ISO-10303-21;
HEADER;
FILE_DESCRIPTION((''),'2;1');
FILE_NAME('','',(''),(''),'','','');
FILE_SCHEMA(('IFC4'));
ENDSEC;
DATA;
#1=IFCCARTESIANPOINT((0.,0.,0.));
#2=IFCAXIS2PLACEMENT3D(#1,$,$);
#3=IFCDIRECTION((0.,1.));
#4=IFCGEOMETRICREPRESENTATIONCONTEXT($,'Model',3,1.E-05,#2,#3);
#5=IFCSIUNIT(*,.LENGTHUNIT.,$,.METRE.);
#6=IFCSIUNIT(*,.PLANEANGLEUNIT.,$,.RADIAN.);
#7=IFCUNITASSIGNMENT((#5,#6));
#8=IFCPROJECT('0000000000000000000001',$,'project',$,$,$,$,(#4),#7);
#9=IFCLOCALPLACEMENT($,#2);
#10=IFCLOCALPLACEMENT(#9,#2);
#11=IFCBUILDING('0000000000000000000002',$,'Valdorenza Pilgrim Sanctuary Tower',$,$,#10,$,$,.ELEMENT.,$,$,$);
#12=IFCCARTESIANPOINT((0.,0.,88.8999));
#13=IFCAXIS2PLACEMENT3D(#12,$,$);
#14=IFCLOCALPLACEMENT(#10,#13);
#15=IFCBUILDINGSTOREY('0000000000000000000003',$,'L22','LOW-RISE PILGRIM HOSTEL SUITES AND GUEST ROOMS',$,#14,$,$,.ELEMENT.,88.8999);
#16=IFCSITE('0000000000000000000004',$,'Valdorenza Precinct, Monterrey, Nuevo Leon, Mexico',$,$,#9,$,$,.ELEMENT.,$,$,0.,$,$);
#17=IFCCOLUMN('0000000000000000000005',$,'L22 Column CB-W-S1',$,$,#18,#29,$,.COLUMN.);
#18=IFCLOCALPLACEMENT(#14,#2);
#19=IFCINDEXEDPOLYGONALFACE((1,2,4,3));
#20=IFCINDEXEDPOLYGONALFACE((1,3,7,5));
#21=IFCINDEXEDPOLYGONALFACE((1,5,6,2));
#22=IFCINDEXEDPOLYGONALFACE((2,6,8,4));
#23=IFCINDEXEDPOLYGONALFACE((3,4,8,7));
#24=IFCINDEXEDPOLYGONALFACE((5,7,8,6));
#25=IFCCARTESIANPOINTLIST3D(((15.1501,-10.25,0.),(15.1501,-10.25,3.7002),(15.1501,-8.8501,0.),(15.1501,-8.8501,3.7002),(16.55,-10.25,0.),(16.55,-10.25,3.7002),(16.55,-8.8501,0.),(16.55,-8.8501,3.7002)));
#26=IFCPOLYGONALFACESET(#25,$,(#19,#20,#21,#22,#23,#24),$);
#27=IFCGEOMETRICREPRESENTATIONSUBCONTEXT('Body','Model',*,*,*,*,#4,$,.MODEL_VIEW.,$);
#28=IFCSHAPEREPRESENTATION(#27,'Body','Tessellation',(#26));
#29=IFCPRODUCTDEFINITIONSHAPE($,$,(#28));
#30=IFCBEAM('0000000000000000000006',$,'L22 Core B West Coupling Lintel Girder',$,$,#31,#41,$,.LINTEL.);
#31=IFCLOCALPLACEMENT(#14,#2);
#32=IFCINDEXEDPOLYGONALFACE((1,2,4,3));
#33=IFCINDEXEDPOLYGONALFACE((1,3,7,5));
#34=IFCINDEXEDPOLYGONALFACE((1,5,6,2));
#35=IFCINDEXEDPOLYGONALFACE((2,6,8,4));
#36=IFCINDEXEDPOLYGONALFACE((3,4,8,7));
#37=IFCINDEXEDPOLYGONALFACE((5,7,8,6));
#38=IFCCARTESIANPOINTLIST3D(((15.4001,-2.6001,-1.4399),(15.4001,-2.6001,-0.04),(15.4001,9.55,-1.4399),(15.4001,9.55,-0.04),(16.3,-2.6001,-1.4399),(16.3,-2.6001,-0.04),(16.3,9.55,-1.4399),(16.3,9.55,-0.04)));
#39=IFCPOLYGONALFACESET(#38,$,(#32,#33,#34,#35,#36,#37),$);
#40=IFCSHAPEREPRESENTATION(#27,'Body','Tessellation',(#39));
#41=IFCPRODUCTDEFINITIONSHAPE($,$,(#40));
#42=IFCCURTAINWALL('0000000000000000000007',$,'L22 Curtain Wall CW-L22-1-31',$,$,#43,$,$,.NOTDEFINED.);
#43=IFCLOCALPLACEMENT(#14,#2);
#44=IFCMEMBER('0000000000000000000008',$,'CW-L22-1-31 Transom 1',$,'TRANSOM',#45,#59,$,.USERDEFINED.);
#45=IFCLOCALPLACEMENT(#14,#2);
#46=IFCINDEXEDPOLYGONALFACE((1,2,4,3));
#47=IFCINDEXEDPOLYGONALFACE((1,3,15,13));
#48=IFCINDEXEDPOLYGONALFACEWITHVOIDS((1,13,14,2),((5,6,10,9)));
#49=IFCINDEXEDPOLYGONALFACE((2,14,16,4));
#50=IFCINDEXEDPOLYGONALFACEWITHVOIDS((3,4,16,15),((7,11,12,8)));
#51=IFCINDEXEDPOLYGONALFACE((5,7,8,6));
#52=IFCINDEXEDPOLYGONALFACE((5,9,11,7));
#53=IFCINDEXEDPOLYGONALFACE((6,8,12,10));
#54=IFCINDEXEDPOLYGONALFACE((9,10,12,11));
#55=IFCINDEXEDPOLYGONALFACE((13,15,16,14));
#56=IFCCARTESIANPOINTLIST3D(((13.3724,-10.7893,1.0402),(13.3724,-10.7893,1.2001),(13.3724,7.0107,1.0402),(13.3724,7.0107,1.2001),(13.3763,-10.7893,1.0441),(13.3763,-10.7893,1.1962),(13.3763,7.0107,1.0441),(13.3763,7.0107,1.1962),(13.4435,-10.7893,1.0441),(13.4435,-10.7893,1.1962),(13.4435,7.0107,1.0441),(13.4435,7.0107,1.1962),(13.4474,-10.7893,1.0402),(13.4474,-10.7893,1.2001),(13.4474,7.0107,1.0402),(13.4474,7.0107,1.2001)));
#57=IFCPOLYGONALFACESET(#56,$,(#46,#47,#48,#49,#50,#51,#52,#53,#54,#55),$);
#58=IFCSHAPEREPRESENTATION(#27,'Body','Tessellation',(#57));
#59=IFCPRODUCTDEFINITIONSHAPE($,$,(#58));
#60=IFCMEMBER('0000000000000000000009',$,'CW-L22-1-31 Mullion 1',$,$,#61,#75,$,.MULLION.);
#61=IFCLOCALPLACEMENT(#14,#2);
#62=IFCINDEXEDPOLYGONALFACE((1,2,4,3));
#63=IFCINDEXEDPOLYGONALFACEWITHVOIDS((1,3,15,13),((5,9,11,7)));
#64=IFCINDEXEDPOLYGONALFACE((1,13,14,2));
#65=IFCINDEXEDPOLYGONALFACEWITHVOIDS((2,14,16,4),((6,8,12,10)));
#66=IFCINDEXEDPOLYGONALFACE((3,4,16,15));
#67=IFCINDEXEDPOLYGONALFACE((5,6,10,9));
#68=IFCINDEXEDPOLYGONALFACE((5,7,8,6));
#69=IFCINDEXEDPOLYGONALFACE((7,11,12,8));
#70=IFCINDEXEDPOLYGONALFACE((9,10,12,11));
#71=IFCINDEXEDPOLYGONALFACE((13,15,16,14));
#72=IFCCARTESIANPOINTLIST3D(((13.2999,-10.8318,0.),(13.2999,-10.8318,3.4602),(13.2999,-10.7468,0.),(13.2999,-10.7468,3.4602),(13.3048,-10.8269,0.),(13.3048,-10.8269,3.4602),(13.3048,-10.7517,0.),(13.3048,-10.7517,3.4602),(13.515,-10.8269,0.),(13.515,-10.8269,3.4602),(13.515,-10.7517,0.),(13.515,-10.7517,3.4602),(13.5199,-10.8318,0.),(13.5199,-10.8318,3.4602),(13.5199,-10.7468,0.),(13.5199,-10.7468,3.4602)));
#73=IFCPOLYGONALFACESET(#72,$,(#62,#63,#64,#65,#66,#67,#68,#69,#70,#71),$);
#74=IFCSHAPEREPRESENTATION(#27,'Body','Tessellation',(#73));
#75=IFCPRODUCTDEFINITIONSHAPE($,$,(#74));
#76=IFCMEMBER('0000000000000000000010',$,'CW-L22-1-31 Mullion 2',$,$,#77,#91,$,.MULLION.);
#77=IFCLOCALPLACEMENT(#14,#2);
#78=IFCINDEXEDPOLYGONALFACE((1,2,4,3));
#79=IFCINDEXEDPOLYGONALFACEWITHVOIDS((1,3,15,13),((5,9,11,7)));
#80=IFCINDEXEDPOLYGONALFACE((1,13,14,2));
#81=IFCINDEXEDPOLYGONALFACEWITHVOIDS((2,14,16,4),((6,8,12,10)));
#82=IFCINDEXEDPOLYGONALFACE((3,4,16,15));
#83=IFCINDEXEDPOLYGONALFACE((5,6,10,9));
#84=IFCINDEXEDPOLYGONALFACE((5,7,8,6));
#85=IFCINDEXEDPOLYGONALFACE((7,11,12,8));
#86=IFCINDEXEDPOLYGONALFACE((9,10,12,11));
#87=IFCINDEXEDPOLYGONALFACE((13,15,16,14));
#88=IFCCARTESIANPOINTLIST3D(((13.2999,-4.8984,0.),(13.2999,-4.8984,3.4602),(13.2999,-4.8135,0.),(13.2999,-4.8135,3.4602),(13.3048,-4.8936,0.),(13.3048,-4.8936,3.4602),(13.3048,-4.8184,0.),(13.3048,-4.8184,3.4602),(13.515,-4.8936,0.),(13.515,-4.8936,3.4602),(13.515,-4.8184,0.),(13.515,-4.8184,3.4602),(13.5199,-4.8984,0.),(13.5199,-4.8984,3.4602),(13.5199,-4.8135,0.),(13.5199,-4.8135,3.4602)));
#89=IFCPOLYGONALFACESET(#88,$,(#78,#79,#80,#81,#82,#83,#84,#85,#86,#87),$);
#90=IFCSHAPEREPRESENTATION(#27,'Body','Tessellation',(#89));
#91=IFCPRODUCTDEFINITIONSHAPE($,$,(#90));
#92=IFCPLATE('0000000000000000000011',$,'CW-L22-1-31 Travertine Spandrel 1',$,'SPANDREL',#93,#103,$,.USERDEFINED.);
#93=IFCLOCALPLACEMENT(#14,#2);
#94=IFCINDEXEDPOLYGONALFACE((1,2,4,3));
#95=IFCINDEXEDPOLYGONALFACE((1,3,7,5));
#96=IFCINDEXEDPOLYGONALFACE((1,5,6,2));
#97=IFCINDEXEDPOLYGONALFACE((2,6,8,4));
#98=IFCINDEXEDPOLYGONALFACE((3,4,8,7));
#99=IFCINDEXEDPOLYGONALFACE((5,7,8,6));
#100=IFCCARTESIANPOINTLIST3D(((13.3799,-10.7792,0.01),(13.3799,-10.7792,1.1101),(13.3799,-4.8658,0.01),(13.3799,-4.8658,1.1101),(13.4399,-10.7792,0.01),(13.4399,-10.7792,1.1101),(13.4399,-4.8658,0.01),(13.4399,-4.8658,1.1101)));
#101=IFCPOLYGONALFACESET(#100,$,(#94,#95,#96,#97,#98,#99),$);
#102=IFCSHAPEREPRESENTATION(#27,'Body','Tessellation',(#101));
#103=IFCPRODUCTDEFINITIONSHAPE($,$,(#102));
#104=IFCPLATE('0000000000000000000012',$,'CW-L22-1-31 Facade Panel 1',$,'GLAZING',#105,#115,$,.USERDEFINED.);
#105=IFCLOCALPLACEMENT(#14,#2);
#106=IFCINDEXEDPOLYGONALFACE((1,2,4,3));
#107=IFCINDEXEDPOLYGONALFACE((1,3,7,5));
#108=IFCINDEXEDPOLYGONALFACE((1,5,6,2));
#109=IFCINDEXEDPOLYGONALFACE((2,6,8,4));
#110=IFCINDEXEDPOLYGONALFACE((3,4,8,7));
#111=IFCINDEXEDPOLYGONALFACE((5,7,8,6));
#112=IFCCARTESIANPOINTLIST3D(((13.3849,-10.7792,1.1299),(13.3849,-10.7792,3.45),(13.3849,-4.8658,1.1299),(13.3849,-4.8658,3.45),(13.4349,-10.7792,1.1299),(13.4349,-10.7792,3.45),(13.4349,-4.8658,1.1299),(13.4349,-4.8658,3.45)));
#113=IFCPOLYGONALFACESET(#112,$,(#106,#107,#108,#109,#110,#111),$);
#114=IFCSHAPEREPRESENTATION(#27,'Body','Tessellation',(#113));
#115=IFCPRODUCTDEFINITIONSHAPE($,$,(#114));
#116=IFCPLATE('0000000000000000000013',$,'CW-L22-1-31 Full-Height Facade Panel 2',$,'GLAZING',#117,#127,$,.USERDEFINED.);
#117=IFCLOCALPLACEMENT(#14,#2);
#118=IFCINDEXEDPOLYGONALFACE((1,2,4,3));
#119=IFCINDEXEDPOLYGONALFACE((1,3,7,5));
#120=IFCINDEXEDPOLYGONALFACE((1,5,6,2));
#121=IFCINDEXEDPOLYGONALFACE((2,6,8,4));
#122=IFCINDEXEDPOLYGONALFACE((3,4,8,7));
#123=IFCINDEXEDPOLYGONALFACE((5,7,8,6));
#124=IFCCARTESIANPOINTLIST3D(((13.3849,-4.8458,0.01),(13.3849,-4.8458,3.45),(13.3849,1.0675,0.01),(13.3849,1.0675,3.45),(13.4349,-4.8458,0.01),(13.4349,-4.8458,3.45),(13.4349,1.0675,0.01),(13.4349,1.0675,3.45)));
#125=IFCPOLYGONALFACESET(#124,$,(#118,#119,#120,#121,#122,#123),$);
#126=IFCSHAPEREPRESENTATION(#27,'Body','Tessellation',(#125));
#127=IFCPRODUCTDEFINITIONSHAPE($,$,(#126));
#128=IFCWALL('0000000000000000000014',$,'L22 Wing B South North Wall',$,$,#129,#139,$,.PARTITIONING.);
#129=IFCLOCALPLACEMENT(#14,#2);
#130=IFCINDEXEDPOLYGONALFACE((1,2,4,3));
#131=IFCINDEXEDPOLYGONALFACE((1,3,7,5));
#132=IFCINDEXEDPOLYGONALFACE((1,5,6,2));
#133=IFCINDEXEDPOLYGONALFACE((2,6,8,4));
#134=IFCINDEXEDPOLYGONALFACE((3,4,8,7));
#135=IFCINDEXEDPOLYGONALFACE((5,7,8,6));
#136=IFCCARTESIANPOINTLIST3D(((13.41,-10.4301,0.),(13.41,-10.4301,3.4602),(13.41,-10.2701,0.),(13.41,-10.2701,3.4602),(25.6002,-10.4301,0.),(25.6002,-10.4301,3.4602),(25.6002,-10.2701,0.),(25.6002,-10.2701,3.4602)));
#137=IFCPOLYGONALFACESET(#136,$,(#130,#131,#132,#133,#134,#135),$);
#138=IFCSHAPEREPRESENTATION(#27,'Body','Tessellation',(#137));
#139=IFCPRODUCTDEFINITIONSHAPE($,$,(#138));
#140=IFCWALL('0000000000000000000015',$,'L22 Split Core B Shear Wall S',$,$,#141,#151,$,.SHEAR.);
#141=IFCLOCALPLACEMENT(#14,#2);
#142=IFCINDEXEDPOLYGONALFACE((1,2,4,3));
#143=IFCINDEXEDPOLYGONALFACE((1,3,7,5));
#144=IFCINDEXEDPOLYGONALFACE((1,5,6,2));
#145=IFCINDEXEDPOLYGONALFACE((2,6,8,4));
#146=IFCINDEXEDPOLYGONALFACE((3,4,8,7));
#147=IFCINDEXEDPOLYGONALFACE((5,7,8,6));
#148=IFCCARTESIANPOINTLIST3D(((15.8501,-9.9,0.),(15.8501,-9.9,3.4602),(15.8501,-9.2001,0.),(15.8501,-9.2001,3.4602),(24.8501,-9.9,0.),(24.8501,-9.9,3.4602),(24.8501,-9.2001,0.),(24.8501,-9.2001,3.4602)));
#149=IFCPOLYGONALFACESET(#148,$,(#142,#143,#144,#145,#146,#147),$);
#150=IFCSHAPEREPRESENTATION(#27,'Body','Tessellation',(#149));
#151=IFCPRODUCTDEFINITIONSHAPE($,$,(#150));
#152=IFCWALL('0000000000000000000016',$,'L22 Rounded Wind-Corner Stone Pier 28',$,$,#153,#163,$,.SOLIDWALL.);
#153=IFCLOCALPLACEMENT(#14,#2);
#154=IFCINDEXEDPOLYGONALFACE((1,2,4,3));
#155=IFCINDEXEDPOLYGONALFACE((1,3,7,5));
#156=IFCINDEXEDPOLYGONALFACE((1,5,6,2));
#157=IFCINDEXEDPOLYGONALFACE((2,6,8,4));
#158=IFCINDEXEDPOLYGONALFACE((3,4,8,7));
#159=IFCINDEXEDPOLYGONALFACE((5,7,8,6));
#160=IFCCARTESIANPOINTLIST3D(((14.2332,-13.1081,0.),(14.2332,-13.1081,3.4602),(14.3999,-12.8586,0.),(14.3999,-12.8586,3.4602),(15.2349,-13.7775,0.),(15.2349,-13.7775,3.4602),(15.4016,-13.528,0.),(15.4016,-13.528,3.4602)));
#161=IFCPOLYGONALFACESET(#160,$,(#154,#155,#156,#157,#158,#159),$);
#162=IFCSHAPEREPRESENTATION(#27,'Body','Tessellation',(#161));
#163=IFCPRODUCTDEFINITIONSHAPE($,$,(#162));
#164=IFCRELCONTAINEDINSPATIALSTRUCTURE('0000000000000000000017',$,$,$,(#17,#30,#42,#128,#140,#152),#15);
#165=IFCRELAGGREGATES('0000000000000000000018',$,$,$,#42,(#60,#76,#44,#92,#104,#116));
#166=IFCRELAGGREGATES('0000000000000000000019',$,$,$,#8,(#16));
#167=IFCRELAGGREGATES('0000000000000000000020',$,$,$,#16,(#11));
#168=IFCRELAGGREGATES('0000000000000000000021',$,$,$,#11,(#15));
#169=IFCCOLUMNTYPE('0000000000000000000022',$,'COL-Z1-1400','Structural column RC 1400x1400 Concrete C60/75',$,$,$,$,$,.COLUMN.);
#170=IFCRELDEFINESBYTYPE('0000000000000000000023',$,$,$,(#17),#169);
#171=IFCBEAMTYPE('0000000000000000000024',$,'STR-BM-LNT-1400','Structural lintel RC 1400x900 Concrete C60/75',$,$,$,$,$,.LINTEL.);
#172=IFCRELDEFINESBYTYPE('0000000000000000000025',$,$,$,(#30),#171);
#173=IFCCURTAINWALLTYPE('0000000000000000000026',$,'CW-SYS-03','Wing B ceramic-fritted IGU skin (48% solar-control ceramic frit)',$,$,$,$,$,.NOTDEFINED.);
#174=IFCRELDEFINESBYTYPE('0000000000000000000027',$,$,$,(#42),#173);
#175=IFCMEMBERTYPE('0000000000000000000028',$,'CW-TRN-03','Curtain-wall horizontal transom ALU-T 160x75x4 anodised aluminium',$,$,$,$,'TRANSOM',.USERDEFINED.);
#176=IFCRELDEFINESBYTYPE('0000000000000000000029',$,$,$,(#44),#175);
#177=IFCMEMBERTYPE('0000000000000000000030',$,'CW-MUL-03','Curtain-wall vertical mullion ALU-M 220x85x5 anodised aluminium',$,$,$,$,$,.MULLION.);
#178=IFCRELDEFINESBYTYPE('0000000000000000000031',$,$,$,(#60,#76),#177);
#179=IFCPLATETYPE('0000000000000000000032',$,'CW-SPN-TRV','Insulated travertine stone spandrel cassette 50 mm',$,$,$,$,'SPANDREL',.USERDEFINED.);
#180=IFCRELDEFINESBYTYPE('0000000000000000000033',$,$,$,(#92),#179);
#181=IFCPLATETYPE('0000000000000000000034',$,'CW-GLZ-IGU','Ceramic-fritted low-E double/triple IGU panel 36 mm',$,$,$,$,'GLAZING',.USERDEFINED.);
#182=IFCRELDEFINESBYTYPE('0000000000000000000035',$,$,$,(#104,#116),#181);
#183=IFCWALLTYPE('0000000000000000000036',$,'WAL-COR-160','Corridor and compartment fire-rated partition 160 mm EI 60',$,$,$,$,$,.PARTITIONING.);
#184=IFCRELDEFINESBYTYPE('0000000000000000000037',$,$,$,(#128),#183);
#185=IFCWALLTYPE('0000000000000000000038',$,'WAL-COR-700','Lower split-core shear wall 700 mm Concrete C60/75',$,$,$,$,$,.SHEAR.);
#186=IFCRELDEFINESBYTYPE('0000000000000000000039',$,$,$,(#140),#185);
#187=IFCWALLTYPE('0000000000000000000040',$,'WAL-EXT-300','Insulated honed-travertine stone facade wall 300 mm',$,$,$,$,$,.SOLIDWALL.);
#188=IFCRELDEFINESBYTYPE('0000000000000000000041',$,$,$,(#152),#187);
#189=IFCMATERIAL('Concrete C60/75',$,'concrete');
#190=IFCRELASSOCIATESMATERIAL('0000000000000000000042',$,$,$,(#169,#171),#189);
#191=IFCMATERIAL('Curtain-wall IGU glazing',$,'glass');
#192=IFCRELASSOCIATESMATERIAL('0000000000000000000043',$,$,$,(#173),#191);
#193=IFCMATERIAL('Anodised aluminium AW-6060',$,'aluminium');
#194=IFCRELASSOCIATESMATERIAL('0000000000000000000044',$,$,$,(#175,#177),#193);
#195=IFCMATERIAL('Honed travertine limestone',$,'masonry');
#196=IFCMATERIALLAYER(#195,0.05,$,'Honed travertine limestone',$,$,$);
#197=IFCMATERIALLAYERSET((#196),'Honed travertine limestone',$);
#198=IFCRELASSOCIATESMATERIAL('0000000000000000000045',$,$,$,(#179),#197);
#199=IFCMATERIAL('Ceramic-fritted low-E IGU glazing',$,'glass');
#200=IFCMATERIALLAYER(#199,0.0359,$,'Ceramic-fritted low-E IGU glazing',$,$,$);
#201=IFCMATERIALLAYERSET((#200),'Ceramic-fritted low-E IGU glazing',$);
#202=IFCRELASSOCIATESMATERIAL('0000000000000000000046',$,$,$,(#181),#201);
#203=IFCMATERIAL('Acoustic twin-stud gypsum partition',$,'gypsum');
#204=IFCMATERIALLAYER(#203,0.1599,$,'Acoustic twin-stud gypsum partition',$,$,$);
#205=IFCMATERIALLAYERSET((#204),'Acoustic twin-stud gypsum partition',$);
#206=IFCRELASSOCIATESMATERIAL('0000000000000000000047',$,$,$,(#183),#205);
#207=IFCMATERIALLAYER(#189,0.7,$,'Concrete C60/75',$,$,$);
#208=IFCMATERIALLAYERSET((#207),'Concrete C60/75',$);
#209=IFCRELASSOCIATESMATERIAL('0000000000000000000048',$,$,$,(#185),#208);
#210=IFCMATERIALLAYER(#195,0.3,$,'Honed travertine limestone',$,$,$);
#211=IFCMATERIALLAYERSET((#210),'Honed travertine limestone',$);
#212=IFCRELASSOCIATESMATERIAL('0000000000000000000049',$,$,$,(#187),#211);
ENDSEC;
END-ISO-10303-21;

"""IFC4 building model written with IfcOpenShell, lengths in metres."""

from ifc_helpers import new_model, si_unit, direction, frame, frame_2d, origin, origin_2d, place, context, subcontext, project, spatial, rectangle, hollow_rectangle, extrude, source, transform, mapped, material, layer, layer_set, material_profile, profile_set, type_object, element, aggregate, save


model = new_model("IFC4")

# Units and contexts
model_context = context("Model", 3, precision=1e-05, world=origin(), true_north=direction((0.0, 1.0)))
body_context = subcontext(model_context, "Body", "Model", "MODEL_VIEW")
ifc_project = project(units=[si_unit("LENGTHUNIT", "METRE"), si_unit("PLANEANGLEUNIT", "RADIAN")], contexts=[model_context])

# Site, building, storey
site_placement = place(None, origin())
site = spatial("IfcSite", under=ifc_project, at=site_placement, Name="Valdorenza Precinct, Monterrey, Nuevo Leon, Mexico", CompositionType="ELEMENT", RefElevation=0.0)
building_placement = place(site_placement, origin())
building = spatial("IfcBuilding", under=site, at=building_placement, Name="Valdorenza Pilgrim Sanctuary Tower", CompositionType="ELEMENT")
storey_placement = place(building_placement, frame((0.0, 0.0, 88.8999)))
storey = spatial("IfcBuildingStorey", under=building, at=storey_placement, Name="L22", Description="LOW-RISE PILGRIM HOSTEL SUITES AND GUEST ROOMS", CompositionType="ELEMENT", Elevation=88.8999)

# Column
ifc_material_1 = material(Name="Concrete C60/75", Category="concrete")
ifc_material_profile_1 = material_profile(ifc_material_1, rectangle(XDim=1.3999, YDim=1.3999, at=origin_2d()), Name="RC 1400x1400")
ifc_profile_set_1 = profile_set([ifc_material_profile_1], Name="Concrete C60/75")
column_type = type_object("IfcColumnType", Name="COL-Z1-1400", Description="Structural column RC 1400x1400 Concrete C60/75", PredefinedType="COLUMN", material=ifc_profile_set_1)
shared_shape_1 = source(origin(), body_context, "Body", "SweptSolid", [
    extrude(rectangle(XDim=1.3999, YDim=1.3999, at=origin_2d()), origin(), (0.0, 0.0, 1.0), 3.7002),
])
column_placement = place(storey_placement, frame((15.8501, -9.55, 0.0), z_axis=(0.0, 0.0, 1.0), x_axis=(1.0, 0.0, 0.0)))
element("IfcColumn", 1, at=column_placement, inside=storey, type_object=column_type, Name="L22 Column CB-W-S1", PredefinedType="COLUMN", context=body_context, shape_type="MappedRepresentation", body=[
    mapped(shared_shape_1, transform((0.0, 0.0, 0.0), x_axis=(1.0, 0.0, 0.0), y_axis=(0.0, 1.0, 0.0), z_axis=(0.0, 0.0, 1.0), scale=1.0)),
])

# Beam
ifc_material_profile_2 = material_profile(ifc_material_1, rectangle(XDim=0.8999, YDim=1.3999, at=origin_2d()), Name="RC 1400x900")
ifc_profile_set_2 = profile_set([ifc_material_profile_2], Name="Concrete C60/75")
beam_type = type_object("IfcBeamType", Name="STR-BM-LNT-1400", Description="Structural lintel RC 1400x900 Concrete C60/75", PredefinedType="LINTEL", material=ifc_profile_set_2)
shared_shape_2 = source(origin(), body_context, "Body", "SweptSolid", [
    extrude(rectangle(XDim=0.8999, YDim=1.3999, at=origin_2d()), origin(), (0.0, 0.0, 1.0), 12.1501),
])
beam_placement = place(storey_placement, frame((15.8501, -2.6001, -0.74), z_axis=(0.0, 1.0, 0.0), x_axis=(-1.0, 0.0, 0.0)))
element("IfcBeam", 2, at=beam_placement, inside=storey, type_object=beam_type, Name="L22 Core B West Coupling Lintel Girder", PredefinedType="LINTEL", context=body_context, shape_type="MappedRepresentation", body=[
    mapped(shared_shape_2, transform((0.0, 0.0, 0.0), x_axis=(1.0, 0.0, 0.0), y_axis=(0.0, 1.0, 0.0), z_axis=(0.0, 0.0, 1.0), scale=1.0)),
])

# Curtain wall, members, plates
ifc_material_2 = material(Name="Curtain-wall IGU glazing", Category="glass")
curtain_wall_type = type_object("IfcCurtainWallType", Name="CW-SYS-03", Description="Wing B ceramic-fritted IGU skin (48% solar-control ceramic frit)", PredefinedType="NOTDEFINED", material=ifc_material_2)
curtain_wall_placement = place(storey_placement, origin())
curtain_wall = element("IfcCurtainWall", 3, at=curtain_wall_placement, inside=storey, type_object=curtain_wall_type, Name="L22 Curtain Wall CW-L22-1-31", PredefinedType="NOTDEFINED")
ifc_material_3 = material(Name="Anodised aluminium AW-6060", Category="aluminium")
ifc_material_profile_3 = material_profile(ifc_material_3, hollow_rectangle(XDim=0.075, YDim=0.1599, WallThickness=0.0039, at=origin_2d()), Name="ALU-T 160x75x4")
ifc_profile_set_3 = profile_set([ifc_material_profile_3], Name="Anodised aluminium AW-6060")
member_type_1 = type_object("IfcMemberType", Name="CW-TRN-03", Description="Curtain-wall horizontal transom ALU-T 160x75x4 anodised aluminium", ElementType="TRANSOM", PredefinedType="USERDEFINED", material=ifc_profile_set_3)
shared_shape_3 = source(origin(), body_context, "Body", "SweptSolid", [
    extrude(hollow_rectangle(XDim=0.075, YDim=0.1599, WallThickness=0.0039, at=origin_2d()), origin(), (0.0, 0.0, 1.0), 17.8),
])
member_1_placement = place(storey_placement, frame((13.4099, -10.7893, 1.1201), z_axis=(0.0, 1.0, 0.0), x_axis=(-1.0, 0.0, 0.0)))
member_1 = element("IfcMember", 4, at=member_1_placement, type_object=member_type_1, Name="CW-L22-1-31 Transom 1", ObjectType="TRANSOM", PredefinedType="USERDEFINED", context=body_context, shape_type="MappedRepresentation", body=[
    mapped(shared_shape_3, transform((0.0, 0.0, 0.0), x_axis=(1.0, 0.0, 0.0), y_axis=(0.0, 1.0, 0.0), z_axis=(0.0, 0.0, 1.0), scale=1.0)),
])
ifc_material_profile_4 = material_profile(ifc_material_3, hollow_rectangle(XDim=0.085, YDim=0.22, WallThickness=0.0049, at=origin_2d()), Name="ALU-M 220x85x5")
ifc_profile_set_4 = profile_set([ifc_material_profile_4], Name="Anodised aluminium AW-6060")
member_type_2 = type_object("IfcMemberType", Name="CW-MUL-03", Description="Curtain-wall vertical mullion ALU-M 220x85x5 anodised aluminium", PredefinedType="MULLION", material=ifc_profile_set_4)
shared_shape_4 = source(origin(), body_context, "Body", "SweptSolid", [
    extrude(hollow_rectangle(XDim=0.085, YDim=0.22, WallThickness=0.0049, at=origin_2d()), origin(), (0.0, 0.0, 1.0), 3.4602),
])
member_2_placement = place(storey_placement, frame((13.4099, -10.7893, 0.0), z_axis=(0.0, 0.0, 1.0), x_axis=(0.0, 1.0, 0.0)))
member_2 = element("IfcMember", 5, at=member_2_placement, type_object=member_type_2, Name="CW-L22-1-31 Mullion 1", PredefinedType="MULLION", context=body_context, shape_type="MappedRepresentation", body=[
    mapped(shared_shape_4, transform((0.0, 0.0, 0.0), x_axis=(1.0, 0.0, 0.0), y_axis=(0.0, 1.0, 0.0), z_axis=(0.0, 0.0, 1.0), scale=1.0)),
])
member_3_placement = place(storey_placement, frame((13.4099, -4.856, 0.0), z_axis=(0.0, 0.0, 1.0), x_axis=(0.0, 1.0, 0.0)))
member_3 = element("IfcMember", 6, at=member_3_placement, type_object=member_type_2, Name="CW-L22-1-31 Mullion 2", PredefinedType="MULLION", context=body_context, shape_type="MappedRepresentation", body=[
    mapped(shared_shape_4, transform((0.0, 0.0, 0.0), x_axis=(1.0, 0.0, 0.0), y_axis=(0.0, 1.0, 0.0), z_axis=(0.0, 0.0, 1.0), scale=1.0)),
])
ifc_material_4 = material(Name="Honed travertine limestone", Category="masonry")
ifc_layer_1 = layer(ifc_material_4, 0.05, Name="Honed travertine limestone")
ifc_layer_set_1 = layer_set([ifc_layer_1], Name="Honed travertine limestone")
plate_type_1 = type_object("IfcPlateType", Name="CW-SPN-TRV", Description="Insulated travertine stone spandrel cassette 50 mm", ElementType="SPANDREL", PredefinedType="USERDEFINED", material=ifc_layer_set_1)
shared_shape_5 = source(origin(), body_context, "Body", "SweptSolid", [
    extrude(rectangle(XDim=5.9133, YDim=0.0601, at=origin_2d()), origin(), (0.0, 0.0, 1.0), 1.1001),
])
plate_1_placement = place(storey_placement, frame((13.4099, -7.8225, 0.01), z_axis=(0.0, 0.0, 1.0), x_axis=(0.0, 1.0, 0.0)))
plate_1 = element("IfcPlate", 7, at=plate_1_placement, type_object=plate_type_1, Name="CW-L22-1-31 Travertine Spandrel 1", ObjectType="SPANDREL", PredefinedType="USERDEFINED", context=body_context, shape_type="MappedRepresentation", body=[
    mapped(shared_shape_5, transform((0.0, 0.0, 0.0), x_axis=(1.0, 0.0, 0.0), y_axis=(0.0, 1.0, 0.0), z_axis=(0.0, 0.0, 1.0), scale=1.0)),
])
ifc_material_5 = material(Name="Ceramic-fritted low-E IGU glazing", Category="glass")
ifc_layer_2 = layer(ifc_material_5, 0.0359, Name="Ceramic-fritted low-E IGU glazing")
ifc_layer_set_2 = layer_set([ifc_layer_2], Name="Ceramic-fritted low-E IGU glazing")
plate_type_2 = type_object("IfcPlateType", Name="CW-GLZ-IGU", Description="Ceramic-fritted low-E double/triple IGU panel 36 mm", ElementType="GLAZING", PredefinedType="USERDEFINED", material=ifc_layer_set_2)
shared_shape_6 = source(origin(), body_context, "Body", "SweptSolid", [
    extrude(rectangle(XDim=5.9133, YDim=0.05, at=origin_2d()), origin(), (0.0, 0.0, 1.0), 2.3201),
])
plate_2_placement = place(storey_placement, frame((13.4099, -7.8225, 1.1299), z_axis=(0.0, 0.0, 1.0), x_axis=(0.0, 1.0, 0.0)))
plate_2 = element("IfcPlate", 8, at=plate_2_placement, type_object=plate_type_2, Name="CW-L22-1-31 Facade Panel 1", ObjectType="GLAZING", PredefinedType="USERDEFINED", context=body_context, shape_type="MappedRepresentation", body=[
    mapped(shared_shape_6, transform((0.0, 0.0, 0.0), x_axis=(1.0, 0.0, 0.0), y_axis=(0.0, 1.0, 0.0), z_axis=(0.0, 0.0, 1.0), scale=1.0)),
])
shared_shape_7 = source(origin(), body_context, "Body", "SweptSolid", [
    extrude(rectangle(XDim=5.9133, YDim=0.05, at=origin_2d()), origin(), (0.0, 0.0, 1.0), 3.4399),
])
plate_3_placement = place(storey_placement, frame((13.4099, -1.8892, 0.01), z_axis=(0.0, 0.0, 1.0), x_axis=(0.0, 1.0, 0.0)))
plate_3 = element("IfcPlate", 9, at=plate_3_placement, type_object=plate_type_2, Name="CW-L22-1-31 Full-Height Facade Panel 2", ObjectType="GLAZING", PredefinedType="USERDEFINED", context=body_context, shape_type="MappedRepresentation", body=[
    mapped(shared_shape_7, transform((0.0, 0.0, 0.0), x_axis=(1.0, 0.0, 0.0), y_axis=(0.0, 1.0, 0.0), z_axis=(0.0, 0.0, 1.0), scale=1.0)),
])
aggregate(curtain_wall, [member_2, member_3, member_1, plate_1, plate_2, plate_3])

# Walls
ifc_material_6 = material(Name="Acoustic twin-stud gypsum partition", Category="gypsum")
ifc_layer_3 = layer(ifc_material_6, 0.1599, Name="Acoustic twin-stud gypsum partition")
ifc_layer_set_3 = layer_set([ifc_layer_3], Name="Acoustic twin-stud gypsum partition")
wall_type_1 = type_object("IfcWallType", Name="WAL-COR-160", Description="Corridor and compartment fire-rated partition 160 mm EI 60", PredefinedType="PARTITIONING", material=ifc_layer_set_3)
wall_1_placement = place(storey_placement, frame((13.4099, -10.3501, 0.0), z_axis=(0.0, 0.0, 1.0), x_axis=(1.0, 0.0, 0.0)))
element("IfcWall", 10, at=wall_1_placement, inside=storey, type_object=wall_type_1, Name="L22 Wing B South North Wall", PredefinedType="PARTITIONING", context=body_context, shape_type="SweptSolid", body=[
    extrude(rectangle(XDim=12.1902, YDim=0.1599, at=frame_2d((6.0952, 0.0))), origin(), (0.0, 0.0, 1.0), 3.4602),
])
ifc_layer_4 = layer(ifc_material_1, 0.7, Name="Concrete C60/75")
ifc_layer_set_4 = layer_set([ifc_layer_4], Name="Concrete C60/75")
wall_type_2 = type_object("IfcWallType", Name="WAL-COR-700", Description="Lower split-core shear wall 700 mm Concrete C60/75", PredefinedType="SHEAR", material=ifc_layer_set_4)
wall_2_placement = place(storey_placement, frame((15.8501, -9.55, 0.0), z_axis=(0.0, 0.0, 1.0), x_axis=(1.0, 0.0, 0.0)))
element("IfcWall", 11, at=wall_2_placement, inside=storey, type_object=wall_type_2, Name="L22 Split Core B Shear Wall S", PredefinedType="SHEAR", context=body_context, shape_type="SweptSolid", body=[
    extrude(rectangle(XDim=9.0, YDim=0.7, at=frame_2d((4.5, 0.0))), origin(), (0.0, 0.0, 1.0), 3.4602),
])
ifc_layer_5 = layer(ifc_material_4, 0.3, Name="Honed travertine limestone")
ifc_layer_set_5 = layer_set([ifc_layer_5], Name="Honed travertine limestone")
wall_type_3 = type_object("IfcWallType", Name="WAL-EXT-300", Description="Insulated honed-travertine stone facade wall 300 mm", PredefinedType="SOLIDWALL", material=ifc_layer_set_5)
for number, where, z_axis, x_axis, name in (
    (12, (15.3184, -13.6528, 0.0), (0.0, 0.0, 1.0), (-0.831426, 0.555635, 0.0), "L22 Rounded Wind-Corner Stone Pier 28"),
):
    element("IfcWall", number, at=place(storey_placement, frame(where, z_axis=z_axis, x_axis=x_axis)), inside=storey, type_object=wall_type_3, Name=name, PredefinedType="SOLIDWALL", context=body_context, shape_type="SweptSolid", body=[
        extrude(rectangle(XDim=1.2048, YDim=0.3, at=frame_2d((0.6025, 0.0))), origin(), (0.0, 0.0, 1.0), 3.4602),
    ])

save(model, "model.ifc")
